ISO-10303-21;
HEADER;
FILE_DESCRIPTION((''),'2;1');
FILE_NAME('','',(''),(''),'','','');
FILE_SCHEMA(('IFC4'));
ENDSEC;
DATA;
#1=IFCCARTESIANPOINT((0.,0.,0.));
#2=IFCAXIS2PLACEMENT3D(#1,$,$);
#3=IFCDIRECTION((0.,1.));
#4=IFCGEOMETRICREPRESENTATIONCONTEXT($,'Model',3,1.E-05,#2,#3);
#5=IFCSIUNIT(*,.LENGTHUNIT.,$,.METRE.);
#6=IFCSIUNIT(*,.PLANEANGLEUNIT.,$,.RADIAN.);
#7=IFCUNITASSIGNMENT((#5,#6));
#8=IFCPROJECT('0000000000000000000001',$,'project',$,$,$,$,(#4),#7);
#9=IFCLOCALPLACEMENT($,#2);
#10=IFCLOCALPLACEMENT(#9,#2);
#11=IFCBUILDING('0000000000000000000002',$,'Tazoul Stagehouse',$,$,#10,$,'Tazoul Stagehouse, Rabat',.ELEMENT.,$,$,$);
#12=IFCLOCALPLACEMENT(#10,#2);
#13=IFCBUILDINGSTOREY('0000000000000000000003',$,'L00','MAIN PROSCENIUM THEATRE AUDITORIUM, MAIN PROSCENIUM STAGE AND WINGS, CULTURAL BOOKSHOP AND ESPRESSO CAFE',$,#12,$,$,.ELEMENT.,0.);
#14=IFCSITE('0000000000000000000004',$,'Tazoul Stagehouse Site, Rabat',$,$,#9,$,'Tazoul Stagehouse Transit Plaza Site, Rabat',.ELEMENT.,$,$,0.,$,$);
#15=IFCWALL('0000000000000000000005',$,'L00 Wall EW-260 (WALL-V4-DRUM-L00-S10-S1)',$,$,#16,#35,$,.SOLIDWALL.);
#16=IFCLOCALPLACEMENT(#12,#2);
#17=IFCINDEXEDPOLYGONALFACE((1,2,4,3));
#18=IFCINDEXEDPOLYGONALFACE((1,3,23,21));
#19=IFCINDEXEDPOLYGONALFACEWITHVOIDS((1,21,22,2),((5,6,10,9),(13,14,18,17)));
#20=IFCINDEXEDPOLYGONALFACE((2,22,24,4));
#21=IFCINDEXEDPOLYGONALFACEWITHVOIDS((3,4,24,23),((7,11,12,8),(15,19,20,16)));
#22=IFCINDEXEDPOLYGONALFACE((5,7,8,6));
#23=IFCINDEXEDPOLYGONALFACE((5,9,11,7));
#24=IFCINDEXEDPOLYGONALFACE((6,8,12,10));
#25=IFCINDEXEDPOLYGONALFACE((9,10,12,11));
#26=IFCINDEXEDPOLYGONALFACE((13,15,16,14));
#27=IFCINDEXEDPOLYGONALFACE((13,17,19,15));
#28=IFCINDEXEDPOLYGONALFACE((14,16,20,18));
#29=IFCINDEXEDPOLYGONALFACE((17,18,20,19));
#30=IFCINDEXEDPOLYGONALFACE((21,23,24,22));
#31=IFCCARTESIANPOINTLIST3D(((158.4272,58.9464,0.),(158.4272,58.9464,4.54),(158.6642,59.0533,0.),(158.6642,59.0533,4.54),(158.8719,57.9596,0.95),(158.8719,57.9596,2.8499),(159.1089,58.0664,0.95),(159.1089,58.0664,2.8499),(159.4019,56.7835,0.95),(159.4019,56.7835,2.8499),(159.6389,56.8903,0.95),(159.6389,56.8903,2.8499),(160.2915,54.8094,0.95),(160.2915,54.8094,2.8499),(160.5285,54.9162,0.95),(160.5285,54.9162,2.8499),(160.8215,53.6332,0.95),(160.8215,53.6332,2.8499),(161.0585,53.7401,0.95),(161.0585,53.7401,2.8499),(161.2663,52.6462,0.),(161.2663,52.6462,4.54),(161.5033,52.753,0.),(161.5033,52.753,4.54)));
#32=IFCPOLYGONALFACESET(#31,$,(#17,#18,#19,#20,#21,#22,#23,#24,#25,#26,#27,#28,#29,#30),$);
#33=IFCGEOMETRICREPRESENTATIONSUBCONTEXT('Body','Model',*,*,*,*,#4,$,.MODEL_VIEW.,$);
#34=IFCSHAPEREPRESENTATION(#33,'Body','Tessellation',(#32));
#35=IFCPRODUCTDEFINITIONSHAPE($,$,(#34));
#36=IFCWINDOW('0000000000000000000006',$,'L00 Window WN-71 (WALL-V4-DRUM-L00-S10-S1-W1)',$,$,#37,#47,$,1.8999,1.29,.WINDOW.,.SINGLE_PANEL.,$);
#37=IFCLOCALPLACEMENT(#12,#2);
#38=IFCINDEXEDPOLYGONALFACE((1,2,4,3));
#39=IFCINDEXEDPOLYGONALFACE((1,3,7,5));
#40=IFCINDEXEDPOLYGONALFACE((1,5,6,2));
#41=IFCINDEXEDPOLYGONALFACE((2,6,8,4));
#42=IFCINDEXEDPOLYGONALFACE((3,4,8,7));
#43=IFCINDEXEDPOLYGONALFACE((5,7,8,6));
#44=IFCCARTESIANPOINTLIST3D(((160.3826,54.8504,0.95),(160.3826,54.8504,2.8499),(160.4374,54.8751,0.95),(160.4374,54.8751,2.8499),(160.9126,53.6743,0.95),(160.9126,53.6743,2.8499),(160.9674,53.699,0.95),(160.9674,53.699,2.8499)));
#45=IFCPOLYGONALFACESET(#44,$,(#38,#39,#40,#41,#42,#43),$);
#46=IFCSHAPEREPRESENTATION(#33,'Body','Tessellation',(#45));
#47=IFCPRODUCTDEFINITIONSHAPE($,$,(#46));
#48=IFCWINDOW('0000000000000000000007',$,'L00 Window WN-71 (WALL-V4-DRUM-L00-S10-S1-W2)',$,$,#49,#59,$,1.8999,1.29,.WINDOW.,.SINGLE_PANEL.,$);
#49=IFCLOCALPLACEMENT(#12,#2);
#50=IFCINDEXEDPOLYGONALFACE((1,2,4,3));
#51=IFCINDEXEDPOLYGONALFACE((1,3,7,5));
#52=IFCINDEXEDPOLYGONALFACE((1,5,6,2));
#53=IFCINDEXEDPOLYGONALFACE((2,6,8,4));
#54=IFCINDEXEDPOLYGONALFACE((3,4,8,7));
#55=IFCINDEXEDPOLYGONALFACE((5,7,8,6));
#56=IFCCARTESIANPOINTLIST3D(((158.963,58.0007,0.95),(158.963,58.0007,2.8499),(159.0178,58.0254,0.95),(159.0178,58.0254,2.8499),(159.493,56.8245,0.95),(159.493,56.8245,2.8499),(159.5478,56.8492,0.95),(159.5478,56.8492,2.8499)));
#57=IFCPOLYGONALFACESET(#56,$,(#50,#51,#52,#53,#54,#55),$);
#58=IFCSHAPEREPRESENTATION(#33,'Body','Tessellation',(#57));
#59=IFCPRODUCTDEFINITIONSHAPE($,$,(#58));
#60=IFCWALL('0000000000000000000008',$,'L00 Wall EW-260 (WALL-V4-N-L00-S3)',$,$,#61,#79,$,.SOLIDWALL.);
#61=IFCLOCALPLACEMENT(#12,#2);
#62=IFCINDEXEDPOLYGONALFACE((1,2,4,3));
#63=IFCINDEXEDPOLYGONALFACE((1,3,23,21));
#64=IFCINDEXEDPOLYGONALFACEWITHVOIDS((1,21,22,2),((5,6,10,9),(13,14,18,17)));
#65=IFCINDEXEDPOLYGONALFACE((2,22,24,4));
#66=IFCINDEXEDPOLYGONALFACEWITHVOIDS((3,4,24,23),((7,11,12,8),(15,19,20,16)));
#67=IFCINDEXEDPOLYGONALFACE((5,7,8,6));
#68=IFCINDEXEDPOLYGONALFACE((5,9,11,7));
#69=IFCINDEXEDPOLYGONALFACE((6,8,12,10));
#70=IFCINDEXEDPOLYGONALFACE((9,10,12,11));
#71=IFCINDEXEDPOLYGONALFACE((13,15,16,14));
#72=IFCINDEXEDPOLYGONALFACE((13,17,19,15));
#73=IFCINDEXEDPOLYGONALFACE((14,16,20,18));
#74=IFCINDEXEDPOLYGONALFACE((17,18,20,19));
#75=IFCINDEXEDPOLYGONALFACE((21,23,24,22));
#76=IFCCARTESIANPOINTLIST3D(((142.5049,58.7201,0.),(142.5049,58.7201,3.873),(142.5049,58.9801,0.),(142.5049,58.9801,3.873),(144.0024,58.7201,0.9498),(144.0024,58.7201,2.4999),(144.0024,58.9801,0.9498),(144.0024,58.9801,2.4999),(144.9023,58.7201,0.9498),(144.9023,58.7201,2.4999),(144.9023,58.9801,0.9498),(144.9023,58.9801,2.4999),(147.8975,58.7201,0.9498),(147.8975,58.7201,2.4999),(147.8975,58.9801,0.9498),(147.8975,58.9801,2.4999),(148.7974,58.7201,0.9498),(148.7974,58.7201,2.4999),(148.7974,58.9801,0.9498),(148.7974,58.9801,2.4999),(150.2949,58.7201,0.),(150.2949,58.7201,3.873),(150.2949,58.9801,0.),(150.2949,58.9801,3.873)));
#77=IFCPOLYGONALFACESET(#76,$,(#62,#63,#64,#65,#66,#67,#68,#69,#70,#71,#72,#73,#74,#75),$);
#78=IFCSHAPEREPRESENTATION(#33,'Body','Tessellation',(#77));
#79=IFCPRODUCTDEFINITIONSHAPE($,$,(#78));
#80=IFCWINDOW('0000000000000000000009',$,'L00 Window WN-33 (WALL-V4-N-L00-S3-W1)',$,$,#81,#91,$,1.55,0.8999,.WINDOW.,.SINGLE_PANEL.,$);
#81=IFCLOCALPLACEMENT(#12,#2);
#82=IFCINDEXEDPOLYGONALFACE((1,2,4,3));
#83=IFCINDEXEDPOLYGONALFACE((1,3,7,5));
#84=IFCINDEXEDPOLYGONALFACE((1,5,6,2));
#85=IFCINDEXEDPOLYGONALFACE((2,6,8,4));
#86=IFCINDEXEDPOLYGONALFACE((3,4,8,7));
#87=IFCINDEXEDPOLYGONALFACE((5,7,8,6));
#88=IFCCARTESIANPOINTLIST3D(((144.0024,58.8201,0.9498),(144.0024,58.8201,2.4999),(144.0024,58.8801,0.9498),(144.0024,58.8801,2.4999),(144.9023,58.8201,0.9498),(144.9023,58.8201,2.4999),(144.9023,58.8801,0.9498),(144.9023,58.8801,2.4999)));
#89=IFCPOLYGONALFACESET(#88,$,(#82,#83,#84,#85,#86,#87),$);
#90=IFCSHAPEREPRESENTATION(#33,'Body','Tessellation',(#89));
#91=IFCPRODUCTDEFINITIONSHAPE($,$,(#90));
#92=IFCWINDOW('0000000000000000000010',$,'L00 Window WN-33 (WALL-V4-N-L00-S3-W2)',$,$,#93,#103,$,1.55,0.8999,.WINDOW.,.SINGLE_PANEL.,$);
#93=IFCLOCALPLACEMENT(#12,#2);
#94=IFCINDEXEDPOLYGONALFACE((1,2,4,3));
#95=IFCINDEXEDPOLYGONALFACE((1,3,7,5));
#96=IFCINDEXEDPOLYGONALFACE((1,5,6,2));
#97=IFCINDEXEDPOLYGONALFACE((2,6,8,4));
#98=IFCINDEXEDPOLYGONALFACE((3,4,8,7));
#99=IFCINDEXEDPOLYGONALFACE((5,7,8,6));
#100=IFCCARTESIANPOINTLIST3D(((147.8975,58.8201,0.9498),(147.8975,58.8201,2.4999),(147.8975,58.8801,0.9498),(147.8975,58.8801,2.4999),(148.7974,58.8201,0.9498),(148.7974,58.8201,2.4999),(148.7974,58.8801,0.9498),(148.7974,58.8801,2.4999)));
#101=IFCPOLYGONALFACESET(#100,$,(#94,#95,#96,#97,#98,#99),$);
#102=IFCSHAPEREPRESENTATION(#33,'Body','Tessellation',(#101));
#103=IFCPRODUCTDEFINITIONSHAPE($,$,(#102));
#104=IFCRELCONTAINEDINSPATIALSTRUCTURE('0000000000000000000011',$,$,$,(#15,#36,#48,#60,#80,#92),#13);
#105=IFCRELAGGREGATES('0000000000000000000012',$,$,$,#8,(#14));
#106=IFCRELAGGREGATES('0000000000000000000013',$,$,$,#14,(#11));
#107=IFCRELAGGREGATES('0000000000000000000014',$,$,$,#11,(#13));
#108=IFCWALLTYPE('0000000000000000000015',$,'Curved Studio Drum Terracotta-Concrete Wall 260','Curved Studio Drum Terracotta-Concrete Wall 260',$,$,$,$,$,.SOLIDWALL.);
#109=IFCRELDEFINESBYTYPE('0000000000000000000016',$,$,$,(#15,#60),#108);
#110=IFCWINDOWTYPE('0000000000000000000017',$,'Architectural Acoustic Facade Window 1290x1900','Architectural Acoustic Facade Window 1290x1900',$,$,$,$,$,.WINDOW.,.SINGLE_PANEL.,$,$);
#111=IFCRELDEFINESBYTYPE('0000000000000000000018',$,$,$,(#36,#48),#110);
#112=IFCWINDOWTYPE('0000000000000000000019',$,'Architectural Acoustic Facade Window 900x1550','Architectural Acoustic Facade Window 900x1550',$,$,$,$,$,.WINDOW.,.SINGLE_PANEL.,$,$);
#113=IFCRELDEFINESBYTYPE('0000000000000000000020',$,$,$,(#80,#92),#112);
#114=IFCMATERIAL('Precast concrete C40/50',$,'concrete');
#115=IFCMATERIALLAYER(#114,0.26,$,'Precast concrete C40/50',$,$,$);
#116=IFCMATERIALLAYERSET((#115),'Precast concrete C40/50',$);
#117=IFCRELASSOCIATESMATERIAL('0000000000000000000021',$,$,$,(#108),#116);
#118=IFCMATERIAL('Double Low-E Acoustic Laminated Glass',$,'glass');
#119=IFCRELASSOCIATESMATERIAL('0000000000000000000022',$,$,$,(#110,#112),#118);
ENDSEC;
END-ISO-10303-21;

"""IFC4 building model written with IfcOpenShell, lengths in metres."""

from ifc_helpers import new_model, si_unit, direction, frame, frame_2d, origin, place, context, subcontext, project, spatial, rectangle, extrude, material, layer, layer_set, type_object, element, fill, save


model = new_model("IFC4")

# Units and contexts
model_context = context("Model", 3, precision=1e-05, world=origin(), true_north=direction((0.0, 1.0)))
body_context = subcontext(model_context, "Body", "Model", "MODEL_VIEW")
ifc_project = project(units=[si_unit("LENGTHUNIT", "METRE"), si_unit("PLANEANGLEUNIT", "RADIAN")], contexts=[model_context])

# Site, building, storey
site_placement = place(None, origin())
site = spatial("IfcSite", under=ifc_project, at=site_placement, Name="Tazoul Stagehouse Site, Rabat", LongName="Tazoul Stagehouse Transit Plaza Site, Rabat", CompositionType="ELEMENT", RefElevation=0.0)
building_placement = place(site_placement, origin())
building = spatial("IfcBuilding", under=site, at=building_placement, Name="Tazoul Stagehouse", LongName="Tazoul Stagehouse, Rabat", CompositionType="ELEMENT")
storey_placement = place(building_placement, origin())
storey = spatial("IfcBuildingStorey", under=building, at=storey_placement, Name="L00", Description="MAIN PROSCENIUM THEATRE AUDITORIUM, MAIN PROSCENIUM STAGE AND WINGS, CULTURAL BOOKSHOP AND ESPRESSO CAFE", CompositionType="ELEMENT", Elevation=0.0)

# Walls, openings, windows
ifc_material_1 = material(Name="Precast concrete C40/50", Category="concrete")
ifc_layer_1 = layer(ifc_material_1, 0.26, Name="Precast concrete C40/50")
ifc_layer_set_1 = layer_set([ifc_layer_1], Name="Precast concrete C40/50")
wall_type_1 = type_object("IfcWallType", Name="Curved Studio Drum Terracotta-Concrete Wall 260", Description="Curved Studio Drum Terracotta-Concrete Wall 260", PredefinedType="SOLIDWALL", material=ifc_layer_set_1)
wall_1_placement = place(storey_placement, frame((161.3848, 52.6997, 0.0), z_axis=(0.0, 0.0, 1.0), x_axis=(-0.410844, 0.911706, 0.0)))
wall_1 = element("IfcWall", 1, at=wall_1_placement, inside=storey, type_object=wall_type_1, Name="L00 Wall EW-260 (WALL-V4-DRUM-L00-S10-S1)", PredefinedType="SOLIDWALL", context=body_context, shape_type="SweptSolid", body=[
    extrude(rectangle(XDim=6.9104, YDim=0.26, at=frame_2d((3.4551, 0.0))), origin(), (0.0, 0.0, 1.0), 4.54),
])
opening_1_placement = place(wall_1_placement, frame((1.0825, 0.0, 0.95)))
opening_1 = element("IfcOpeningElement", 2, at=opening_1_placement, cuts=wall_1, PredefinedType="OPENING", context=body_context, shape_type="SweptSolid", body=[
    extrude(rectangle(XDim=1.29, YDim=1.8999, at=frame_2d((0.645, 0.95))), frame((0.0, 0.1499, 0.0), z_axis=(0.0, -1.0, 0.0), x_axis=(1.0, 0.0, 0.0)), (0.0, 0.0, 1.0), 0.3),
])
opening_2_placement = place(wall_1_placement, frame((4.5378, 0.0, 0.95)))
opening_2 = element("IfcOpeningElement", 3, at=opening_2_placement, cuts=wall_1, PredefinedType="OPENING", context=body_context, shape_type="SweptSolid", body=[
    extrude(rectangle(XDim=1.29, YDim=1.8999, at=frame_2d((0.645, 0.95))), frame((0.0, 0.1499, 0.0), z_axis=(0.0, -1.0, 0.0), x_axis=(1.0, 0.0, 0.0)), (0.0, 0.0, 1.0), 0.3),
])
ifc_material_2 = material(Name="Double Low-E Acoustic Laminated Glass", Category="glass")
window_type_1 = type_object("IfcWindowType", Name="Architectural Acoustic Facade Window 1290x1900", Description="Architectural Acoustic Facade Window 1290x1900", PartitioningType="SINGLE_PANEL", PredefinedType="WINDOW", material=ifc_material_2)
window_1_placement = place(opening_1_placement, origin())
window_1 = element("IfcWindow", 4, at=window_1_placement, inside=storey, type_object=window_type_1, Name="L00 Window WN-71 (WALL-V4-DRUM-L00-S10-S1-W1)", OverallHeight=1.8999, OverallWidth=1.29, PartitioningType="SINGLE_PANEL", PredefinedType="WINDOW", context=body_context, shape_type="SweptSolid", body=[
    extrude(rectangle(XDim=1.29, YDim=1.8999, at=frame_2d((0.645, 0.95))), frame((0.0, 0.03, 0.0), z_axis=(0.0, -1.0, 0.0), x_axis=(1.0, 0.0, 0.0)), (0.0, 0.0, 1.0), 0.0601),
])
fill(opening_1, window_1)
window_2_placement = place(opening_2_placement, origin())
window_2 = element("IfcWindow", 5, at=window_2_placement, inside=storey, type_object=window_type_1, Name="L00 Window WN-71 (WALL-V4-DRUM-L00-S10-S1-W2)", OverallHeight=1.8999, OverallWidth=1.29, PartitioningType="SINGLE_PANEL", PredefinedType="WINDOW", context=body_context, shape_type="SweptSolid", body=[
    extrude(rectangle(XDim=1.29, YDim=1.8999, at=frame_2d((0.645, 0.95))), frame((0.0, 0.03, 0.0), z_axis=(0.0, -1.0, 0.0), x_axis=(1.0, 0.0, 0.0)), (0.0, 0.0, 1.0), 0.0601),
])
fill(opening_2, window_2)
wall_2_placement = place(storey_placement, frame((142.5049, 58.8501, 0.0), z_axis=(0.0, 0.0, 1.0), x_axis=(1.0, 0.0, 0.0)))
wall_2 = element("IfcWall", 6, at=wall_2_placement, inside=storey, type_object=wall_type_1, Name="L00 Wall EW-260 (WALL-V4-N-L00-S3)", PredefinedType="SOLIDWALL", context=body_context, shape_type="SweptSolid", body=[
    extrude(rectangle(XDim=7.79, YDim=0.26, at=frame_2d((3.895, 0.0))), origin(), (0.0, 0.0, 1.0), 3.873),
])
opening_3_placement = place(wall_2_placement, frame((1.4976, 0.0, 0.95)))
opening_3 = element("IfcOpeningElement", 7, at=opening_3_placement, cuts=wall_2, PredefinedType="OPENING", context=body_context, shape_type="SweptSolid", body=[
    extrude(rectangle(XDim=0.8999, YDim=1.55, at=frame_2d((0.45, 0.7749))), frame((0.0, 0.1499, 0.0), z_axis=(0.0, -1.0, 0.0), x_axis=(1.0, 0.0, 0.0)), (0.0, 0.0, 1.0), 0.3),
])
opening_4_placement = place(wall_2_placement, frame((5.3926, 0.0, 0.95)))
opening_4 = element("IfcOpeningElement", 8, at=opening_4_placement, cuts=wall_2, PredefinedType="OPENING", context=body_context, shape_type="SweptSolid", body=[
    extrude(rectangle(XDim=0.8999, YDim=1.55, at=frame_2d((0.45, 0.7749))), frame((0.0, 0.1499, 0.0), z_axis=(0.0, -1.0, 0.0), x_axis=(1.0, 0.0, 0.0)), (0.0, 0.0, 1.0), 0.3),
])
window_type_2 = type_object("IfcWindowType", Name="Architectural Acoustic Facade Window 900x1550", Description="Architectural Acoustic Facade Window 900x1550", PartitioningType="SINGLE_PANEL", PredefinedType="WINDOW", material=ifc_material_2)
window_3_placement = place(opening_3_placement, origin())
window_3 = element("IfcWindow", 9, at=window_3_placement, inside=storey, type_object=window_type_2, Name="L00 Window WN-33 (WALL-V4-N-L00-S3-W1)", OverallHeight=1.55, OverallWidth=0.8999, PartitioningType="SINGLE_PANEL", PredefinedType="WINDOW", context=body_context, shape_type="SweptSolid", body=[
    extrude(rectangle(XDim=0.8999, YDim=1.55, at=frame_2d((0.45, 0.7749))), frame((0.0, 0.03, 0.0), z_axis=(0.0, -1.0, 0.0), x_axis=(1.0, 0.0, 0.0)), (0.0, 0.0, 1.0), 0.0601),
])
fill(opening_3, window_3)
window_4_placement = place(opening_4_placement, origin())
window_4 = element("IfcWindow", 10, at=window_4_placement, inside=storey, type_object=window_type_2, Name="L00 Window WN-33 (WALL-V4-N-L00-S3-W2)", OverallHeight=1.55, OverallWidth=0.8999, PartitioningType="SINGLE_PANEL", PredefinedType="WINDOW", context=body_context, shape_type="SweptSolid", body=[
    extrude(rectangle(XDim=0.8999, YDim=1.55, at=frame_2d((0.45, 0.7749))), frame((0.0, 0.03, 0.0), z_axis=(0.0, -1.0, 0.0), x_axis=(1.0, 0.0, 0.0)), (0.0, 0.0, 1.0), 0.0601),
])
fill(opening_4, window_4)

save(model, "model.ifc")
